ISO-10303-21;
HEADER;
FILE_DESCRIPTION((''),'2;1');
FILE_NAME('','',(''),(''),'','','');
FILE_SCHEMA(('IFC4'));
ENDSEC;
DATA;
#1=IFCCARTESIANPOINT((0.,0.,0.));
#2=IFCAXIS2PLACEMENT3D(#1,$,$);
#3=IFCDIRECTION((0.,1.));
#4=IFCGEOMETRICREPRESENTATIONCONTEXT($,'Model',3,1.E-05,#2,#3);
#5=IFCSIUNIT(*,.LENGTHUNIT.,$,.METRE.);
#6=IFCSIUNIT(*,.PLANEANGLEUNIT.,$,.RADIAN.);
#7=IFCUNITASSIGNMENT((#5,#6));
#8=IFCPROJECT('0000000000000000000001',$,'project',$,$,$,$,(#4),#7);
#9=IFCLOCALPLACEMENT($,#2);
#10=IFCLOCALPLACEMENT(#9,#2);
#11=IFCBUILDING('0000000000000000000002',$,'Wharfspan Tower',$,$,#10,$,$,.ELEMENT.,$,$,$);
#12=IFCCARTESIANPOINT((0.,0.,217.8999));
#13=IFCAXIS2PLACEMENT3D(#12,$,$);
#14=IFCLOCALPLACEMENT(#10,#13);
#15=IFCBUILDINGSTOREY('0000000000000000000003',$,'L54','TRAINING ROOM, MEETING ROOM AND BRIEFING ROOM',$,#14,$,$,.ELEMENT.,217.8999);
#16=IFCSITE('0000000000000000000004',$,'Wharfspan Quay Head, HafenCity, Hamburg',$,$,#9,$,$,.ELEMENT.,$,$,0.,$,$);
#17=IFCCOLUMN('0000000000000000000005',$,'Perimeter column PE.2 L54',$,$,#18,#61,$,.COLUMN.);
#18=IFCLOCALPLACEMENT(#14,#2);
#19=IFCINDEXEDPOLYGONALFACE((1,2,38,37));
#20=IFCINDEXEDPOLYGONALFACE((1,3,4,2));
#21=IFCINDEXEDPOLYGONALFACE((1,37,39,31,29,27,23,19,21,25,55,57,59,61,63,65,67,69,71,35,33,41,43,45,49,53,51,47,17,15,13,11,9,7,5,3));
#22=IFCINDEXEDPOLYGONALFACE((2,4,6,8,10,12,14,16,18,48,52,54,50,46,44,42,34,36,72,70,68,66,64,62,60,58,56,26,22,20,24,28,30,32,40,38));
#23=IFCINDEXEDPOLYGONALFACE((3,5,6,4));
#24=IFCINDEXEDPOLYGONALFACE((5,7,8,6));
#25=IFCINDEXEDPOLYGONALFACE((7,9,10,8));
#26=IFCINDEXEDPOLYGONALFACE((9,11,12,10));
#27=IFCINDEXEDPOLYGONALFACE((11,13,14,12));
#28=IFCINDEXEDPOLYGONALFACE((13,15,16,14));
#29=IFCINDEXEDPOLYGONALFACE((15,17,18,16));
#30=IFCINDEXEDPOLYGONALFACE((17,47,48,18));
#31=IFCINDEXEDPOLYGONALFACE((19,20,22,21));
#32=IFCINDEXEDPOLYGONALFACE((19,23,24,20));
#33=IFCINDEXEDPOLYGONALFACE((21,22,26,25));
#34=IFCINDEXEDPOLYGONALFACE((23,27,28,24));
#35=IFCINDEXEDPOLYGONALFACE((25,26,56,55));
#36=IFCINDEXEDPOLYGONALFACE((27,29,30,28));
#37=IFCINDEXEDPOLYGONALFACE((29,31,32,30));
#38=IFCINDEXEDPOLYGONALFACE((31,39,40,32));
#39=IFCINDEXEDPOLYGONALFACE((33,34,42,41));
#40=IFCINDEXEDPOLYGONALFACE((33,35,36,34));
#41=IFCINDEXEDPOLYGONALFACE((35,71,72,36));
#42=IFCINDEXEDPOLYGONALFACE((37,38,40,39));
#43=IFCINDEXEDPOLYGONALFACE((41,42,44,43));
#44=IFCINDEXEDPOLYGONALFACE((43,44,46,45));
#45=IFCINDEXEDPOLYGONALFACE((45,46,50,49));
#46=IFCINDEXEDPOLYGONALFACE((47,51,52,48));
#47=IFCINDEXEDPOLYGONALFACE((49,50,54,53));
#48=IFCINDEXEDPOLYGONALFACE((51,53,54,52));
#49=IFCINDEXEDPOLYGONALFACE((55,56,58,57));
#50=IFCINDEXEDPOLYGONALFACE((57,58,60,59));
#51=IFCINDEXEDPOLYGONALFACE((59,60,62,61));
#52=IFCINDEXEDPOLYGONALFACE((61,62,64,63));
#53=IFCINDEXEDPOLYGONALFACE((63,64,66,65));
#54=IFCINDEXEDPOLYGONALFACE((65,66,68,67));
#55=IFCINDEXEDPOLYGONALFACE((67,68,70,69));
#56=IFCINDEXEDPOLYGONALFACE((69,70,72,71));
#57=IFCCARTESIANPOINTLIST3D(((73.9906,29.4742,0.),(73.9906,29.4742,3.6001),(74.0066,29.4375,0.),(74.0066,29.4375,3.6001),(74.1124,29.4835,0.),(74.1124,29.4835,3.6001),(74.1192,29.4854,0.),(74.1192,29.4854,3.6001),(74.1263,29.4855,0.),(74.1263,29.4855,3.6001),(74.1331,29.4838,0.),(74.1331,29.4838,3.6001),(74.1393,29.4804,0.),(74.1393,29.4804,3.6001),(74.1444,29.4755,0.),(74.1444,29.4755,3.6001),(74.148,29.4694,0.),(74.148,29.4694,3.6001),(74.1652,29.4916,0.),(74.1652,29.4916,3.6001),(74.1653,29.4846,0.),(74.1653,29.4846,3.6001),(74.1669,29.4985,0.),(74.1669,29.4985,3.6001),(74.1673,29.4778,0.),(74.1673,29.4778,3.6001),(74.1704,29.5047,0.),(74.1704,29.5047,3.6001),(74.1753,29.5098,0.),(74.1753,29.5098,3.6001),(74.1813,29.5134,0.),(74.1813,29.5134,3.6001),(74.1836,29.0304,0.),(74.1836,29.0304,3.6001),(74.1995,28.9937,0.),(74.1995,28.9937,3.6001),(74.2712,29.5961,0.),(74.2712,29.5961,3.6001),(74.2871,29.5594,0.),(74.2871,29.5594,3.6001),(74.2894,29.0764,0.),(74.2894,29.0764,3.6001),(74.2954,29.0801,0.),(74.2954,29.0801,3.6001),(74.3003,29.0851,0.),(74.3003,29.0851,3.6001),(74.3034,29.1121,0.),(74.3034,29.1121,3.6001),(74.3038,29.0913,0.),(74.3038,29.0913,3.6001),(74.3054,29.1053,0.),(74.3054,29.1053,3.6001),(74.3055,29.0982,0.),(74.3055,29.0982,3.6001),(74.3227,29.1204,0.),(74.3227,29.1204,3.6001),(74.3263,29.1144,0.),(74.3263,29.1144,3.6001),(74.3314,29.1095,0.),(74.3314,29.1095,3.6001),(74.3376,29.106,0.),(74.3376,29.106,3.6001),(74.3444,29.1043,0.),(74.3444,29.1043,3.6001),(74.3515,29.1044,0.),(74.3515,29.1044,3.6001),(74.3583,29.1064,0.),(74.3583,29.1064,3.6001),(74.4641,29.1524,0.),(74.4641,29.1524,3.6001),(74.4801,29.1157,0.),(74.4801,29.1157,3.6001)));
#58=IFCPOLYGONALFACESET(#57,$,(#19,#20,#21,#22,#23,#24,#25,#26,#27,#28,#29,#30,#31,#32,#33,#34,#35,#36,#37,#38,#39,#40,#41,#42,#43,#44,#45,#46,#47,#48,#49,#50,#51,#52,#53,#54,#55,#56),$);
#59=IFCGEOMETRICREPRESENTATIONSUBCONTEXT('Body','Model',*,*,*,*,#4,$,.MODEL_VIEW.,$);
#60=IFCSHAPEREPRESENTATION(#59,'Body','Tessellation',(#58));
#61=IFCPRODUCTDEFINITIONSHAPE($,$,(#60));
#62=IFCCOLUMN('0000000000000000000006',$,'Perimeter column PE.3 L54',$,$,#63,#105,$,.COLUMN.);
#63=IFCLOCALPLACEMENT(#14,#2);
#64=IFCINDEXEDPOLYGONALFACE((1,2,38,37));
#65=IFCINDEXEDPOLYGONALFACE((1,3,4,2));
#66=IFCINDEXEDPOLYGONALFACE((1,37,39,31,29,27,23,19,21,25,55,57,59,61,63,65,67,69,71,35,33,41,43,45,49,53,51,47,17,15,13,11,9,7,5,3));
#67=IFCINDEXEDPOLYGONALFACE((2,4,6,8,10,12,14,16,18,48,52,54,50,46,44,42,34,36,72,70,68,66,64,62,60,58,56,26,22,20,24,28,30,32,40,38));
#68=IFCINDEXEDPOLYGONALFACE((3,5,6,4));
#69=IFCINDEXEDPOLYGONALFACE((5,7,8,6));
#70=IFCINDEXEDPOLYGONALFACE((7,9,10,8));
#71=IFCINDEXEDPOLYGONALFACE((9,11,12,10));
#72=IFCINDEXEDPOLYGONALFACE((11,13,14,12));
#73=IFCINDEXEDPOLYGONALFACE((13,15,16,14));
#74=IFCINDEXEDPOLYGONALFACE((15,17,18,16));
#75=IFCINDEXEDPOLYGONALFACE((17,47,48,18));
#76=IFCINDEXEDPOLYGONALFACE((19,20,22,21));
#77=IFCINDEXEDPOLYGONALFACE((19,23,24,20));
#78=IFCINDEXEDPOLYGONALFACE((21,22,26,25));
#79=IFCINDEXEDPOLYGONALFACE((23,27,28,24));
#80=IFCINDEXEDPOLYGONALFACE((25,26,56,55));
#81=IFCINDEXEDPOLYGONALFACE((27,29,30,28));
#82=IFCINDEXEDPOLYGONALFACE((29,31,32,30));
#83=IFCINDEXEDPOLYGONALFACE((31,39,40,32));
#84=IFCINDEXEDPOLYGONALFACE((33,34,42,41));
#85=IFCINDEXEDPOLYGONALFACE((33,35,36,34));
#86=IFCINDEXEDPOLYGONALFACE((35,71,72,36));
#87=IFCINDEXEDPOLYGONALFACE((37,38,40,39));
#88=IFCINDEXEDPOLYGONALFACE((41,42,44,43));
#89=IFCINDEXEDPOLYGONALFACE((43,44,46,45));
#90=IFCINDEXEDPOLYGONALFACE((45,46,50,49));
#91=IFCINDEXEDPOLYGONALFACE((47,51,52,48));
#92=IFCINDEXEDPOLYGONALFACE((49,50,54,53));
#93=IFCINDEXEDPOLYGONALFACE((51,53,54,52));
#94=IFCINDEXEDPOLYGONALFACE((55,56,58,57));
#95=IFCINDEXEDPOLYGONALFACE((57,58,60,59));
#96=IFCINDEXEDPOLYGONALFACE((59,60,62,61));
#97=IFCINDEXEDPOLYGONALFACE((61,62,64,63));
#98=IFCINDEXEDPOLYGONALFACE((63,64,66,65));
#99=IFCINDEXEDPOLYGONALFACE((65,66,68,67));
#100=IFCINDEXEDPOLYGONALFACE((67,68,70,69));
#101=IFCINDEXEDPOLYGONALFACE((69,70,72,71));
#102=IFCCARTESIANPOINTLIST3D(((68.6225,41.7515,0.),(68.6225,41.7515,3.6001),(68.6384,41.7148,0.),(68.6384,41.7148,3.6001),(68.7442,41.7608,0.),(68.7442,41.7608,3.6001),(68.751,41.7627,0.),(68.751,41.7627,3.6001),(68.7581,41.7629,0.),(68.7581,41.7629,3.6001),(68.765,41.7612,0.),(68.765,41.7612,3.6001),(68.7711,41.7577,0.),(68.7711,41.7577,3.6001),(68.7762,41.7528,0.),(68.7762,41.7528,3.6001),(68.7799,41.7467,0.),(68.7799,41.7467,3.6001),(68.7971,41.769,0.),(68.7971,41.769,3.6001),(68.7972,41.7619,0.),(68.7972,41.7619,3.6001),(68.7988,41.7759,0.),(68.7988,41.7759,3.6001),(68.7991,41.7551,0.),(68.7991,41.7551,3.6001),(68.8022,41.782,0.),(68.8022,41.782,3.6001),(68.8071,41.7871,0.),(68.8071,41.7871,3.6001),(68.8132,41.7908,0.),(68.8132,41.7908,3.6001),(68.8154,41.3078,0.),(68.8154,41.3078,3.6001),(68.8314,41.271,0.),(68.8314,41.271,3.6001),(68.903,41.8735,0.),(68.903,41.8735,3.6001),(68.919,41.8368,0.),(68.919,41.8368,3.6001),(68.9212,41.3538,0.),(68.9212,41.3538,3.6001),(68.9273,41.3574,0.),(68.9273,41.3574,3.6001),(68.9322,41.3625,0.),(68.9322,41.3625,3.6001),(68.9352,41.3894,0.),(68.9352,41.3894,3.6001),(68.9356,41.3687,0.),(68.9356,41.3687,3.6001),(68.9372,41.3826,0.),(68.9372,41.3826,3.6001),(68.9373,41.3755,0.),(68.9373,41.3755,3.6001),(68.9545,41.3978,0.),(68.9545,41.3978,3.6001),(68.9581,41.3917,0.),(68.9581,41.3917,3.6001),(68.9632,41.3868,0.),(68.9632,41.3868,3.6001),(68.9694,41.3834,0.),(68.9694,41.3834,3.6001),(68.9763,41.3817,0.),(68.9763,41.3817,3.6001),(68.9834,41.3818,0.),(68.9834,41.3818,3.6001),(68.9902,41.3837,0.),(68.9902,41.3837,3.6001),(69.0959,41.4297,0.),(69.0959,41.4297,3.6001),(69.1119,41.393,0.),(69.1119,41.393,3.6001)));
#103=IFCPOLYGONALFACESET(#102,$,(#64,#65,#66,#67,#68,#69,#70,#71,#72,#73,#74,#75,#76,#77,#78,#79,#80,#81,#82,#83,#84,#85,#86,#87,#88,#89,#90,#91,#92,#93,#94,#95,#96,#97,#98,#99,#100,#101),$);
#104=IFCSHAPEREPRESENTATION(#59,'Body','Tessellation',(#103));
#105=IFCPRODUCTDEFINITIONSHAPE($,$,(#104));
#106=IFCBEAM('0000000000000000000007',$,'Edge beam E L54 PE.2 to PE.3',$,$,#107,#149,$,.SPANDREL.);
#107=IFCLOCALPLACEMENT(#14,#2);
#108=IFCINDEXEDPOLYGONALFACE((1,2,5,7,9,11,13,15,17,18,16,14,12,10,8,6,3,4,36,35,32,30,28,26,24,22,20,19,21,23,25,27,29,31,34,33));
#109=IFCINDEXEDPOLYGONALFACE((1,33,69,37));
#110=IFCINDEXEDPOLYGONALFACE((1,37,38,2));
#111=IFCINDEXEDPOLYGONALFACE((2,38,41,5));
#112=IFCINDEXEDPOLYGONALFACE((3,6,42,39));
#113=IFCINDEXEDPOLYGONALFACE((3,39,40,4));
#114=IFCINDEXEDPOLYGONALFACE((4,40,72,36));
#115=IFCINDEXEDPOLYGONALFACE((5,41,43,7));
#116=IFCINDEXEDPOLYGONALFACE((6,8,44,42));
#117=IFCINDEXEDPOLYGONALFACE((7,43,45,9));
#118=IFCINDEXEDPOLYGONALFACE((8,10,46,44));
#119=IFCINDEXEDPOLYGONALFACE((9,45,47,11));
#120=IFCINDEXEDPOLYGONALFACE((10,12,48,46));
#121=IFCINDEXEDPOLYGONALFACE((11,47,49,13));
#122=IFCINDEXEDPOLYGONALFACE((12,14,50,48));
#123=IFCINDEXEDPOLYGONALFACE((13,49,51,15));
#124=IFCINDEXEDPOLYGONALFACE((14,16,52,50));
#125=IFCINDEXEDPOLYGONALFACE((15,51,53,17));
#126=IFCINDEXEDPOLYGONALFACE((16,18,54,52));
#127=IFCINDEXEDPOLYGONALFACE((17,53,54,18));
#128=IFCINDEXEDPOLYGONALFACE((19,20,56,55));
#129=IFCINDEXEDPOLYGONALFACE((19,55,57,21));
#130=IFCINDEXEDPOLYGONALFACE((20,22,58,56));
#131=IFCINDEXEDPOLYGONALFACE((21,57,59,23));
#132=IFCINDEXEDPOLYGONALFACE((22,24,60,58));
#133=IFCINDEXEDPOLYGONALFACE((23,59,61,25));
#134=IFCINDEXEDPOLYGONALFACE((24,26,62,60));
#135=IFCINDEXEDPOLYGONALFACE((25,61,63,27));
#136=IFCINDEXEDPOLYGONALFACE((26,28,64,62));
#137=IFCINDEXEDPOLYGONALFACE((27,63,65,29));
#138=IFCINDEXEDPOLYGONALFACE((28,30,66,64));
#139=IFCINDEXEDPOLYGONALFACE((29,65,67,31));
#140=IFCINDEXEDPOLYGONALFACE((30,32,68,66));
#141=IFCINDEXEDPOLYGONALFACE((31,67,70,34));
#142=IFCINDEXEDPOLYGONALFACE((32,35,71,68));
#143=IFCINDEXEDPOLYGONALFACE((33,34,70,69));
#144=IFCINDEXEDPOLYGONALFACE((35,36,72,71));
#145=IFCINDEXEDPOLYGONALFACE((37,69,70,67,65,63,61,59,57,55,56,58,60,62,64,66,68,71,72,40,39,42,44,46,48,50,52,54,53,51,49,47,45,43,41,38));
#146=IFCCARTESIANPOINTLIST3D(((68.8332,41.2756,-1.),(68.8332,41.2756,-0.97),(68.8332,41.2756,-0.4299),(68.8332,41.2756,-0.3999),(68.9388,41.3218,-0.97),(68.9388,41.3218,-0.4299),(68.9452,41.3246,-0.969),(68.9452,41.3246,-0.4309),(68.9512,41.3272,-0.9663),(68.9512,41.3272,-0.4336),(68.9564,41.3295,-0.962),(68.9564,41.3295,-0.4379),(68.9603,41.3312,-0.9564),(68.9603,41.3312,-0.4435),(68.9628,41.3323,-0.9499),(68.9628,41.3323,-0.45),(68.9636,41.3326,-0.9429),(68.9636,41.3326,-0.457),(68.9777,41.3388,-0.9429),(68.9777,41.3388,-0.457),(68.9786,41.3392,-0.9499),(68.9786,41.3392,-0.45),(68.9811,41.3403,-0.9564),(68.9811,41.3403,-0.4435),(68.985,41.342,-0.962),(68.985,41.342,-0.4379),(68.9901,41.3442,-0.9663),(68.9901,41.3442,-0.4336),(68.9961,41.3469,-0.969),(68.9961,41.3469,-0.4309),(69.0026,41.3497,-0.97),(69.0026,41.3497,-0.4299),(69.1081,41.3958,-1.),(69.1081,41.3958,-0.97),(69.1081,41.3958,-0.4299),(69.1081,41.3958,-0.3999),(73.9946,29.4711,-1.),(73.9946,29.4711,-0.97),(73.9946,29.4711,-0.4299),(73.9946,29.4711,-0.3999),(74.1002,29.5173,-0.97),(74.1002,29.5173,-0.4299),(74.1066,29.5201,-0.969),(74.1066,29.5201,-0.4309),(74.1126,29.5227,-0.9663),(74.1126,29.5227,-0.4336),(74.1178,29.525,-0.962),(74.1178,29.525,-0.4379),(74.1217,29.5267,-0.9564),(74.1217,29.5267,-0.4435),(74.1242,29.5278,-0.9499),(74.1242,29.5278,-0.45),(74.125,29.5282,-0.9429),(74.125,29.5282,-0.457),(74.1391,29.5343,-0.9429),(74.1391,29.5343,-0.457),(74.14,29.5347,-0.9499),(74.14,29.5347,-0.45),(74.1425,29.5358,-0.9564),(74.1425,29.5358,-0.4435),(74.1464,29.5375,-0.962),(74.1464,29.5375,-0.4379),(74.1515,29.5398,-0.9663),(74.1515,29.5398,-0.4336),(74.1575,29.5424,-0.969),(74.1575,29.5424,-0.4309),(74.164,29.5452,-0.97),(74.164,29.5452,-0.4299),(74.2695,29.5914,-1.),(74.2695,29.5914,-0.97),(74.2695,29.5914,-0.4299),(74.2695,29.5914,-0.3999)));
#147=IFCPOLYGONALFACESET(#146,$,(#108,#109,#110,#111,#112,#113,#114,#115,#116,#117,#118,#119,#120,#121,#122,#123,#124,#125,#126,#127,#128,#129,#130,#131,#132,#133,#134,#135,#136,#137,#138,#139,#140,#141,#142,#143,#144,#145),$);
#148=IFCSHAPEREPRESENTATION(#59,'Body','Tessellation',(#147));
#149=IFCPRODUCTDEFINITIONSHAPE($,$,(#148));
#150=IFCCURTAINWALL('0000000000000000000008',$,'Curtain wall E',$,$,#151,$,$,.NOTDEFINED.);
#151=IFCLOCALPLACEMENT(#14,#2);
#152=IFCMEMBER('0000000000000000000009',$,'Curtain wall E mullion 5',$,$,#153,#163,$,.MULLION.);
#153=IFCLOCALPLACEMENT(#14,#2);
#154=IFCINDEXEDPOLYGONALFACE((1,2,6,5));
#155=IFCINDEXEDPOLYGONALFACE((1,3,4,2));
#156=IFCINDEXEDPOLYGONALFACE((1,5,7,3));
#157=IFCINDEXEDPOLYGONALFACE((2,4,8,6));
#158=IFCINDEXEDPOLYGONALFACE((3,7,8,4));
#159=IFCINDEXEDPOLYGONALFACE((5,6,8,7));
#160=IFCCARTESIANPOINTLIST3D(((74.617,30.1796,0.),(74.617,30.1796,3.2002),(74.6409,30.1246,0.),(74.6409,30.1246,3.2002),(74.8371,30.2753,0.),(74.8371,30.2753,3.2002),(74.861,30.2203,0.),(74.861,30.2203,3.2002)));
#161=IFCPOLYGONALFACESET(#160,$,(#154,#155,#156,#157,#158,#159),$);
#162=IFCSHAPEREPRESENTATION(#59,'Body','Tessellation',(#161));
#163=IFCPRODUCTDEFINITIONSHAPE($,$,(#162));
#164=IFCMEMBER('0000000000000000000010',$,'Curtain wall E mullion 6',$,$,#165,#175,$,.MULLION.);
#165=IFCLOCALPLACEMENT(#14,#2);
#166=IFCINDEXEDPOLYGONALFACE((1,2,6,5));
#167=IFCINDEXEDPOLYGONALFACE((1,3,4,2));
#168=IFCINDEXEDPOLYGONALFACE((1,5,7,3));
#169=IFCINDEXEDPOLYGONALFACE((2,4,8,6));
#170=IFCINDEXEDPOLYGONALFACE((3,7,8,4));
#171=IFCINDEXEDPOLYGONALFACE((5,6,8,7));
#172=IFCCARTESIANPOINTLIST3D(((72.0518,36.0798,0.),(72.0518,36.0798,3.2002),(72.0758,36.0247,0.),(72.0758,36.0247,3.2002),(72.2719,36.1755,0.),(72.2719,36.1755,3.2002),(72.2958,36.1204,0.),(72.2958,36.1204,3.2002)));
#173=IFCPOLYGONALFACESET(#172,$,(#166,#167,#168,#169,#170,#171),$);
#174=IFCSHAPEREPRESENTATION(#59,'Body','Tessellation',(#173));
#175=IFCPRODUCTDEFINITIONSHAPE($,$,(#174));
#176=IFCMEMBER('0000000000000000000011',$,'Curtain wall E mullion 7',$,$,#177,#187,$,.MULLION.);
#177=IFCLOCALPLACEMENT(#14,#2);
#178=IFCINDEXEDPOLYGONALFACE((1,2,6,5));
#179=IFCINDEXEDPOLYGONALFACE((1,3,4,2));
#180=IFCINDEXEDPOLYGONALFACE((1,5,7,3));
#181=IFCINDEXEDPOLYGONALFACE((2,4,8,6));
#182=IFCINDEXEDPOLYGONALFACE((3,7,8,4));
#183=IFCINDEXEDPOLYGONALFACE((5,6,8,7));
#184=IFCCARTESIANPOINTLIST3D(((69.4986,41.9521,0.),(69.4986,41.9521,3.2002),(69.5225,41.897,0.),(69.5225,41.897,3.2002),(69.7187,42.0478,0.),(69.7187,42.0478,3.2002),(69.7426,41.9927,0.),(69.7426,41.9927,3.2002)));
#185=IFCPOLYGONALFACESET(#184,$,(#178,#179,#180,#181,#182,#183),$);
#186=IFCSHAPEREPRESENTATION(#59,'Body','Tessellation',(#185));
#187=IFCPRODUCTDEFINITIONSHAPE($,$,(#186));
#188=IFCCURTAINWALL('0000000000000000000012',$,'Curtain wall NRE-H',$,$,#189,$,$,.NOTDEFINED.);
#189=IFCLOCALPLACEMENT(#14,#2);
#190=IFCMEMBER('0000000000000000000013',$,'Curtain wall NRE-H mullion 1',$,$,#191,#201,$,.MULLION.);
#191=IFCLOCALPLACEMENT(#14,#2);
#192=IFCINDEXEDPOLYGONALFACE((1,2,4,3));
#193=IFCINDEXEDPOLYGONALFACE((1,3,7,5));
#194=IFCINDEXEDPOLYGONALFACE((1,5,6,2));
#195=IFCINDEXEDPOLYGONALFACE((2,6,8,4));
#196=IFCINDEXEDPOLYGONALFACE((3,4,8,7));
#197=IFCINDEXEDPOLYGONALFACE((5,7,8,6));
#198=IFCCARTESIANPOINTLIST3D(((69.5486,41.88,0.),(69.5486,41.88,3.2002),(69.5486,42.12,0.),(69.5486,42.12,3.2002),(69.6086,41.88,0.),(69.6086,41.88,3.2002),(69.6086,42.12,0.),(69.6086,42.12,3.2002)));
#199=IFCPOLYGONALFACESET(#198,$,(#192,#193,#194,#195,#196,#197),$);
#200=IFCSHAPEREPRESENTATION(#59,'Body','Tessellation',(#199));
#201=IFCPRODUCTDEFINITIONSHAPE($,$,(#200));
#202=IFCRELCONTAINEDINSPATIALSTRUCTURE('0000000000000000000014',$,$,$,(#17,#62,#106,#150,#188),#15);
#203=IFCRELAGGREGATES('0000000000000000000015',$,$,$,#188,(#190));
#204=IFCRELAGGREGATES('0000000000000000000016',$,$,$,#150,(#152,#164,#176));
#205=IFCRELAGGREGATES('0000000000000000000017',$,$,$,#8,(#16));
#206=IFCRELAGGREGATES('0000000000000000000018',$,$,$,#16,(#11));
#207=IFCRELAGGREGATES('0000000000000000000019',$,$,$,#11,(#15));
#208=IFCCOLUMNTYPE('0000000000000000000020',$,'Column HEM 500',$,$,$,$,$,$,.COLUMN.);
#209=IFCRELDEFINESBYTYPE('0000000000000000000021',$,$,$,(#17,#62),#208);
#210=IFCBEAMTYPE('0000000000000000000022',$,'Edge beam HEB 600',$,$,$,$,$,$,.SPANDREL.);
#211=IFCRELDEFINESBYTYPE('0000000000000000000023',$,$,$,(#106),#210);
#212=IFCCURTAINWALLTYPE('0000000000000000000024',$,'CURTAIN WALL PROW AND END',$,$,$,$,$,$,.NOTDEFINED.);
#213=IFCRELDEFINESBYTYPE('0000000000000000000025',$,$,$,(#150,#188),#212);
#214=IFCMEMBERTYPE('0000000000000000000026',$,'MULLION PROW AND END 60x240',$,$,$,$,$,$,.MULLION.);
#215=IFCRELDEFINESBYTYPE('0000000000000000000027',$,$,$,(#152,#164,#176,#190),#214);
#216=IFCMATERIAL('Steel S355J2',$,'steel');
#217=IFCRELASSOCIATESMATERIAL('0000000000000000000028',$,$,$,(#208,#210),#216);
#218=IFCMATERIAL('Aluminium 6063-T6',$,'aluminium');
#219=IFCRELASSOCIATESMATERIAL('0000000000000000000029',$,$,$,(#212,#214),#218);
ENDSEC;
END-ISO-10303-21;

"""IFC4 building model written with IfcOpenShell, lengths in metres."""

from ifc_helpers import new_model, si_unit, direction, frame, origin, origin_2d, place, context, subcontext, project, spatial, rectangle, i_section, extrude, material, material_profile, profile_set, type_object, element, aggregate, save


model = new_model("IFC4")

# Units and contexts
model_context = context("Model", 3, precision=1e-05, world=origin(), true_north=direction((0.0, 1.0)))
body_context = subcontext(model_context, "Body", "Model", "MODEL_VIEW")
ifc_project = project(units=[si_unit("LENGTHUNIT", "METRE"), si_unit("PLANEANGLEUNIT", "RADIAN")], contexts=[model_context])

# Site, building, storey
site_placement = place(None, origin())
site = spatial("IfcSite", under=ifc_project, at=site_placement, Name="Wharfspan Quay Head, HafenCity, Hamburg", CompositionType="ELEMENT", RefElevation=0.0)
building_placement = place(site_placement, origin())
building = spatial("IfcBuilding", under=site, at=building_placement, Name="Wharfspan Tower", CompositionType="ELEMENT")
storey_placement = place(building_placement, frame((0.0, 0.0, 217.8999)))
storey = spatial("IfcBuildingStorey", under=building, at=storey_placement, Name="L54", Description="TRAINING ROOM, MEETING ROOM AND BRIEFING ROOM", CompositionType="ELEMENT", Elevation=217.8999)

# Columns
ifc_material_1 = material(Name="Steel S355J2", Category="steel")
ifc_material_profile_1 = material_profile(ifc_material_1, i_section(OverallWidth=0.3059, OverallDepth=0.5239, WebThickness=0.021, FlangeThickness=0.04, FilletRadius=0.0271, at=origin_2d()))
ifc_profile_set_1 = profile_set([ifc_material_profile_1], Name="Steel S355J2")
column_type = type_object("IfcColumnType", Name="Column HEM 500", PredefinedType="COLUMN", material=ifc_profile_set_1)
for number, where, z_axis, x_axis, name in (
    (1, (74.2354, 29.2949, 0.0), (0.0, 0.0, 1.0), (0.917072, 0.398727, 0.0), "Perimeter column PE.2 L54"),
    (2, (68.8672, 41.5723, 0.0), (0.0, 0.0, 1.0), (0.917072, 0.398727, 0.0), "Perimeter column PE.3 L54"),
):
    element("IfcColumn", number, at=place(storey_placement, frame(where, z_axis=z_axis, x_axis=x_axis)), inside=storey, type_object=column_type, Name=name, PredefinedType="COLUMN", context=body_context, shape_type="SweptSolid", body=[
        extrude(i_section(OverallWidth=0.3059, OverallDepth=0.5239, WebThickness=0.021, FlangeThickness=0.04, FilletRadius=0.0271, at=origin_2d()), origin(), (0.0, 0.0, 1.0), 3.6001),
    ])

# Beam
ifc_material_profile_2 = material_profile(ifc_material_1, i_section(OverallWidth=0.3, OverallDepth=0.6001, WebThickness=0.0154, FlangeThickness=0.03, FilletRadius=0.0271, at=origin_2d()))
ifc_profile_set_2 = profile_set([ifc_material_profile_2], Name="Steel S355J2")
beam_type = type_object("IfcBeamType", Name="Edge beam HEB 600", PredefinedType="SPANDREL", material=ifc_profile_set_2)
beam_placement = place(storey_placement, frame((74.1321, 29.5312, -0.7), z_axis=(-0.400619, 0.916245, 0.0), x_axis=(-0.916245, -0.400619, 0.0)))
element("IfcBeam", 3, at=beam_placement, inside=storey, type_object=beam_type, Name="Edge beam E L54 PE.2 to PE.3", PredefinedType="SPANDREL", context=body_context, shape_type="SweptSolid", body=[
    extrude(i_section(OverallWidth=0.3, OverallDepth=0.6001, WebThickness=0.0154, FlangeThickness=0.03, FilletRadius=0.0271, at=origin_2d()), origin(), (0.0, 0.0, 1.0), 12.8835),
])

# Curtain wall, members
ifc_material_2 = material(Name="Aluminium 6063-T6", Category="aluminium")
curtain_wall_type = type_object("IfcCurtainWallType", Name="CURTAIN WALL PROW AND END", PredefinedType="NOTDEFINED", material=ifc_material_2)
curtain_wall_1_placement = place(storey_placement, origin())
curtain_wall_1 = element("IfcCurtainWall", 4, at=curtain_wall_1_placement, inside=storey, type_object=curtain_wall_type, Name="Curtain wall E", PredefinedType="NOTDEFINED")
ifc_material_profile_3 = material_profile(ifc_material_2, rectangle(XDim=0.24, YDim=0.0601, at=origin_2d()))
ifc_profile_set_3 = profile_set([ifc_material_profile_3], Name="Aluminium 6063-T6")
member_type_1 = type_object("IfcMemberType", Name="MULLION PROW AND END 60x240", PredefinedType="MULLION", material=ifc_profile_set_3)
member_1_placement = place(storey_placement, frame((74.739, 30.2, 0.0), z_axis=(0.0, 0.0, 1.0), x_axis=(-0.917072, -0.398727, 0.0)))
member_1 = element("IfcMember", 5, at=member_1_placement, type_object=member_type_1, Name="Curtain wall E mullion 5", PredefinedType="MULLION", context=body_context, shape_type="SweptSolid", body=[
    extrude(rectangle(XDim=0.24, YDim=0.0601, at=origin_2d()), origin(), (0.0, 0.0, 1.0), 3.2002),
])
member_2_placement = place(storey_placement, frame((72.1738, 36.1001, 0.0), z_axis=(0.0, 0.0, 1.0), x_axis=(-0.917072, -0.398727, 0.0)))
member_2 = element("IfcMember", 6, at=member_2_placement, type_object=member_type_1, Name="Curtain wall E mullion 6", PredefinedType="MULLION", context=body_context, shape_type="SweptSolid", body=[
    extrude(rectangle(XDim=0.24, YDim=0.0601, at=origin_2d()), origin(), (0.0, 0.0, 1.0), 3.2002),
])
member_3_placement = place(storey_placement, frame((69.6206, 41.9724, 0.0), z_axis=(0.0, 0.0, 1.0), x_axis=(-0.917072, -0.398727, 0.0)))
member_3 = element("IfcMember", 7, at=member_3_placement, type_object=member_type_1, Name="Curtain wall E mullion 7", PredefinedType="MULLION", context=body_context, shape_type="SweptSolid", body=[
    extrude(rectangle(XDim=0.24, YDim=0.0601, at=origin_2d()), origin(), (0.0, 0.0, 1.0), 3.2002),
])

# Curtain wall, member
curtain_wall_2_placement = place(storey_placement, origin())
curtain_wall_2 = element("IfcCurtainWall", 8, at=curtain_wall_2_placement, inside=storey, type_object=curtain_wall_type, Name="Curtain wall NRE-H", PredefinedType="NOTDEFINED")
member_4_placement = place(storey_placement, frame((69.5786, 42.0, 0.0), z_axis=(0.0, 0.0, 1.0), x_axis=(0.0, -1.0, 0.0)))
member_4 = element("IfcMember", 9, at=member_4_placement, type_object=member_type_1, Name="Curtain wall NRE-H mullion 1", PredefinedType="MULLION", context=body_context, shape_type="SweptSolid", body=[
    extrude(rectangle(XDim=0.24, YDim=0.0601, at=origin_2d()), origin(), (0.0, 0.0, 1.0), 3.2002),
])

aggregate(curtain_wall_2, [member_4])

aggregate(curtain_wall_1, [member_1, member_2, member_3])

save(model, "model.ifc")
